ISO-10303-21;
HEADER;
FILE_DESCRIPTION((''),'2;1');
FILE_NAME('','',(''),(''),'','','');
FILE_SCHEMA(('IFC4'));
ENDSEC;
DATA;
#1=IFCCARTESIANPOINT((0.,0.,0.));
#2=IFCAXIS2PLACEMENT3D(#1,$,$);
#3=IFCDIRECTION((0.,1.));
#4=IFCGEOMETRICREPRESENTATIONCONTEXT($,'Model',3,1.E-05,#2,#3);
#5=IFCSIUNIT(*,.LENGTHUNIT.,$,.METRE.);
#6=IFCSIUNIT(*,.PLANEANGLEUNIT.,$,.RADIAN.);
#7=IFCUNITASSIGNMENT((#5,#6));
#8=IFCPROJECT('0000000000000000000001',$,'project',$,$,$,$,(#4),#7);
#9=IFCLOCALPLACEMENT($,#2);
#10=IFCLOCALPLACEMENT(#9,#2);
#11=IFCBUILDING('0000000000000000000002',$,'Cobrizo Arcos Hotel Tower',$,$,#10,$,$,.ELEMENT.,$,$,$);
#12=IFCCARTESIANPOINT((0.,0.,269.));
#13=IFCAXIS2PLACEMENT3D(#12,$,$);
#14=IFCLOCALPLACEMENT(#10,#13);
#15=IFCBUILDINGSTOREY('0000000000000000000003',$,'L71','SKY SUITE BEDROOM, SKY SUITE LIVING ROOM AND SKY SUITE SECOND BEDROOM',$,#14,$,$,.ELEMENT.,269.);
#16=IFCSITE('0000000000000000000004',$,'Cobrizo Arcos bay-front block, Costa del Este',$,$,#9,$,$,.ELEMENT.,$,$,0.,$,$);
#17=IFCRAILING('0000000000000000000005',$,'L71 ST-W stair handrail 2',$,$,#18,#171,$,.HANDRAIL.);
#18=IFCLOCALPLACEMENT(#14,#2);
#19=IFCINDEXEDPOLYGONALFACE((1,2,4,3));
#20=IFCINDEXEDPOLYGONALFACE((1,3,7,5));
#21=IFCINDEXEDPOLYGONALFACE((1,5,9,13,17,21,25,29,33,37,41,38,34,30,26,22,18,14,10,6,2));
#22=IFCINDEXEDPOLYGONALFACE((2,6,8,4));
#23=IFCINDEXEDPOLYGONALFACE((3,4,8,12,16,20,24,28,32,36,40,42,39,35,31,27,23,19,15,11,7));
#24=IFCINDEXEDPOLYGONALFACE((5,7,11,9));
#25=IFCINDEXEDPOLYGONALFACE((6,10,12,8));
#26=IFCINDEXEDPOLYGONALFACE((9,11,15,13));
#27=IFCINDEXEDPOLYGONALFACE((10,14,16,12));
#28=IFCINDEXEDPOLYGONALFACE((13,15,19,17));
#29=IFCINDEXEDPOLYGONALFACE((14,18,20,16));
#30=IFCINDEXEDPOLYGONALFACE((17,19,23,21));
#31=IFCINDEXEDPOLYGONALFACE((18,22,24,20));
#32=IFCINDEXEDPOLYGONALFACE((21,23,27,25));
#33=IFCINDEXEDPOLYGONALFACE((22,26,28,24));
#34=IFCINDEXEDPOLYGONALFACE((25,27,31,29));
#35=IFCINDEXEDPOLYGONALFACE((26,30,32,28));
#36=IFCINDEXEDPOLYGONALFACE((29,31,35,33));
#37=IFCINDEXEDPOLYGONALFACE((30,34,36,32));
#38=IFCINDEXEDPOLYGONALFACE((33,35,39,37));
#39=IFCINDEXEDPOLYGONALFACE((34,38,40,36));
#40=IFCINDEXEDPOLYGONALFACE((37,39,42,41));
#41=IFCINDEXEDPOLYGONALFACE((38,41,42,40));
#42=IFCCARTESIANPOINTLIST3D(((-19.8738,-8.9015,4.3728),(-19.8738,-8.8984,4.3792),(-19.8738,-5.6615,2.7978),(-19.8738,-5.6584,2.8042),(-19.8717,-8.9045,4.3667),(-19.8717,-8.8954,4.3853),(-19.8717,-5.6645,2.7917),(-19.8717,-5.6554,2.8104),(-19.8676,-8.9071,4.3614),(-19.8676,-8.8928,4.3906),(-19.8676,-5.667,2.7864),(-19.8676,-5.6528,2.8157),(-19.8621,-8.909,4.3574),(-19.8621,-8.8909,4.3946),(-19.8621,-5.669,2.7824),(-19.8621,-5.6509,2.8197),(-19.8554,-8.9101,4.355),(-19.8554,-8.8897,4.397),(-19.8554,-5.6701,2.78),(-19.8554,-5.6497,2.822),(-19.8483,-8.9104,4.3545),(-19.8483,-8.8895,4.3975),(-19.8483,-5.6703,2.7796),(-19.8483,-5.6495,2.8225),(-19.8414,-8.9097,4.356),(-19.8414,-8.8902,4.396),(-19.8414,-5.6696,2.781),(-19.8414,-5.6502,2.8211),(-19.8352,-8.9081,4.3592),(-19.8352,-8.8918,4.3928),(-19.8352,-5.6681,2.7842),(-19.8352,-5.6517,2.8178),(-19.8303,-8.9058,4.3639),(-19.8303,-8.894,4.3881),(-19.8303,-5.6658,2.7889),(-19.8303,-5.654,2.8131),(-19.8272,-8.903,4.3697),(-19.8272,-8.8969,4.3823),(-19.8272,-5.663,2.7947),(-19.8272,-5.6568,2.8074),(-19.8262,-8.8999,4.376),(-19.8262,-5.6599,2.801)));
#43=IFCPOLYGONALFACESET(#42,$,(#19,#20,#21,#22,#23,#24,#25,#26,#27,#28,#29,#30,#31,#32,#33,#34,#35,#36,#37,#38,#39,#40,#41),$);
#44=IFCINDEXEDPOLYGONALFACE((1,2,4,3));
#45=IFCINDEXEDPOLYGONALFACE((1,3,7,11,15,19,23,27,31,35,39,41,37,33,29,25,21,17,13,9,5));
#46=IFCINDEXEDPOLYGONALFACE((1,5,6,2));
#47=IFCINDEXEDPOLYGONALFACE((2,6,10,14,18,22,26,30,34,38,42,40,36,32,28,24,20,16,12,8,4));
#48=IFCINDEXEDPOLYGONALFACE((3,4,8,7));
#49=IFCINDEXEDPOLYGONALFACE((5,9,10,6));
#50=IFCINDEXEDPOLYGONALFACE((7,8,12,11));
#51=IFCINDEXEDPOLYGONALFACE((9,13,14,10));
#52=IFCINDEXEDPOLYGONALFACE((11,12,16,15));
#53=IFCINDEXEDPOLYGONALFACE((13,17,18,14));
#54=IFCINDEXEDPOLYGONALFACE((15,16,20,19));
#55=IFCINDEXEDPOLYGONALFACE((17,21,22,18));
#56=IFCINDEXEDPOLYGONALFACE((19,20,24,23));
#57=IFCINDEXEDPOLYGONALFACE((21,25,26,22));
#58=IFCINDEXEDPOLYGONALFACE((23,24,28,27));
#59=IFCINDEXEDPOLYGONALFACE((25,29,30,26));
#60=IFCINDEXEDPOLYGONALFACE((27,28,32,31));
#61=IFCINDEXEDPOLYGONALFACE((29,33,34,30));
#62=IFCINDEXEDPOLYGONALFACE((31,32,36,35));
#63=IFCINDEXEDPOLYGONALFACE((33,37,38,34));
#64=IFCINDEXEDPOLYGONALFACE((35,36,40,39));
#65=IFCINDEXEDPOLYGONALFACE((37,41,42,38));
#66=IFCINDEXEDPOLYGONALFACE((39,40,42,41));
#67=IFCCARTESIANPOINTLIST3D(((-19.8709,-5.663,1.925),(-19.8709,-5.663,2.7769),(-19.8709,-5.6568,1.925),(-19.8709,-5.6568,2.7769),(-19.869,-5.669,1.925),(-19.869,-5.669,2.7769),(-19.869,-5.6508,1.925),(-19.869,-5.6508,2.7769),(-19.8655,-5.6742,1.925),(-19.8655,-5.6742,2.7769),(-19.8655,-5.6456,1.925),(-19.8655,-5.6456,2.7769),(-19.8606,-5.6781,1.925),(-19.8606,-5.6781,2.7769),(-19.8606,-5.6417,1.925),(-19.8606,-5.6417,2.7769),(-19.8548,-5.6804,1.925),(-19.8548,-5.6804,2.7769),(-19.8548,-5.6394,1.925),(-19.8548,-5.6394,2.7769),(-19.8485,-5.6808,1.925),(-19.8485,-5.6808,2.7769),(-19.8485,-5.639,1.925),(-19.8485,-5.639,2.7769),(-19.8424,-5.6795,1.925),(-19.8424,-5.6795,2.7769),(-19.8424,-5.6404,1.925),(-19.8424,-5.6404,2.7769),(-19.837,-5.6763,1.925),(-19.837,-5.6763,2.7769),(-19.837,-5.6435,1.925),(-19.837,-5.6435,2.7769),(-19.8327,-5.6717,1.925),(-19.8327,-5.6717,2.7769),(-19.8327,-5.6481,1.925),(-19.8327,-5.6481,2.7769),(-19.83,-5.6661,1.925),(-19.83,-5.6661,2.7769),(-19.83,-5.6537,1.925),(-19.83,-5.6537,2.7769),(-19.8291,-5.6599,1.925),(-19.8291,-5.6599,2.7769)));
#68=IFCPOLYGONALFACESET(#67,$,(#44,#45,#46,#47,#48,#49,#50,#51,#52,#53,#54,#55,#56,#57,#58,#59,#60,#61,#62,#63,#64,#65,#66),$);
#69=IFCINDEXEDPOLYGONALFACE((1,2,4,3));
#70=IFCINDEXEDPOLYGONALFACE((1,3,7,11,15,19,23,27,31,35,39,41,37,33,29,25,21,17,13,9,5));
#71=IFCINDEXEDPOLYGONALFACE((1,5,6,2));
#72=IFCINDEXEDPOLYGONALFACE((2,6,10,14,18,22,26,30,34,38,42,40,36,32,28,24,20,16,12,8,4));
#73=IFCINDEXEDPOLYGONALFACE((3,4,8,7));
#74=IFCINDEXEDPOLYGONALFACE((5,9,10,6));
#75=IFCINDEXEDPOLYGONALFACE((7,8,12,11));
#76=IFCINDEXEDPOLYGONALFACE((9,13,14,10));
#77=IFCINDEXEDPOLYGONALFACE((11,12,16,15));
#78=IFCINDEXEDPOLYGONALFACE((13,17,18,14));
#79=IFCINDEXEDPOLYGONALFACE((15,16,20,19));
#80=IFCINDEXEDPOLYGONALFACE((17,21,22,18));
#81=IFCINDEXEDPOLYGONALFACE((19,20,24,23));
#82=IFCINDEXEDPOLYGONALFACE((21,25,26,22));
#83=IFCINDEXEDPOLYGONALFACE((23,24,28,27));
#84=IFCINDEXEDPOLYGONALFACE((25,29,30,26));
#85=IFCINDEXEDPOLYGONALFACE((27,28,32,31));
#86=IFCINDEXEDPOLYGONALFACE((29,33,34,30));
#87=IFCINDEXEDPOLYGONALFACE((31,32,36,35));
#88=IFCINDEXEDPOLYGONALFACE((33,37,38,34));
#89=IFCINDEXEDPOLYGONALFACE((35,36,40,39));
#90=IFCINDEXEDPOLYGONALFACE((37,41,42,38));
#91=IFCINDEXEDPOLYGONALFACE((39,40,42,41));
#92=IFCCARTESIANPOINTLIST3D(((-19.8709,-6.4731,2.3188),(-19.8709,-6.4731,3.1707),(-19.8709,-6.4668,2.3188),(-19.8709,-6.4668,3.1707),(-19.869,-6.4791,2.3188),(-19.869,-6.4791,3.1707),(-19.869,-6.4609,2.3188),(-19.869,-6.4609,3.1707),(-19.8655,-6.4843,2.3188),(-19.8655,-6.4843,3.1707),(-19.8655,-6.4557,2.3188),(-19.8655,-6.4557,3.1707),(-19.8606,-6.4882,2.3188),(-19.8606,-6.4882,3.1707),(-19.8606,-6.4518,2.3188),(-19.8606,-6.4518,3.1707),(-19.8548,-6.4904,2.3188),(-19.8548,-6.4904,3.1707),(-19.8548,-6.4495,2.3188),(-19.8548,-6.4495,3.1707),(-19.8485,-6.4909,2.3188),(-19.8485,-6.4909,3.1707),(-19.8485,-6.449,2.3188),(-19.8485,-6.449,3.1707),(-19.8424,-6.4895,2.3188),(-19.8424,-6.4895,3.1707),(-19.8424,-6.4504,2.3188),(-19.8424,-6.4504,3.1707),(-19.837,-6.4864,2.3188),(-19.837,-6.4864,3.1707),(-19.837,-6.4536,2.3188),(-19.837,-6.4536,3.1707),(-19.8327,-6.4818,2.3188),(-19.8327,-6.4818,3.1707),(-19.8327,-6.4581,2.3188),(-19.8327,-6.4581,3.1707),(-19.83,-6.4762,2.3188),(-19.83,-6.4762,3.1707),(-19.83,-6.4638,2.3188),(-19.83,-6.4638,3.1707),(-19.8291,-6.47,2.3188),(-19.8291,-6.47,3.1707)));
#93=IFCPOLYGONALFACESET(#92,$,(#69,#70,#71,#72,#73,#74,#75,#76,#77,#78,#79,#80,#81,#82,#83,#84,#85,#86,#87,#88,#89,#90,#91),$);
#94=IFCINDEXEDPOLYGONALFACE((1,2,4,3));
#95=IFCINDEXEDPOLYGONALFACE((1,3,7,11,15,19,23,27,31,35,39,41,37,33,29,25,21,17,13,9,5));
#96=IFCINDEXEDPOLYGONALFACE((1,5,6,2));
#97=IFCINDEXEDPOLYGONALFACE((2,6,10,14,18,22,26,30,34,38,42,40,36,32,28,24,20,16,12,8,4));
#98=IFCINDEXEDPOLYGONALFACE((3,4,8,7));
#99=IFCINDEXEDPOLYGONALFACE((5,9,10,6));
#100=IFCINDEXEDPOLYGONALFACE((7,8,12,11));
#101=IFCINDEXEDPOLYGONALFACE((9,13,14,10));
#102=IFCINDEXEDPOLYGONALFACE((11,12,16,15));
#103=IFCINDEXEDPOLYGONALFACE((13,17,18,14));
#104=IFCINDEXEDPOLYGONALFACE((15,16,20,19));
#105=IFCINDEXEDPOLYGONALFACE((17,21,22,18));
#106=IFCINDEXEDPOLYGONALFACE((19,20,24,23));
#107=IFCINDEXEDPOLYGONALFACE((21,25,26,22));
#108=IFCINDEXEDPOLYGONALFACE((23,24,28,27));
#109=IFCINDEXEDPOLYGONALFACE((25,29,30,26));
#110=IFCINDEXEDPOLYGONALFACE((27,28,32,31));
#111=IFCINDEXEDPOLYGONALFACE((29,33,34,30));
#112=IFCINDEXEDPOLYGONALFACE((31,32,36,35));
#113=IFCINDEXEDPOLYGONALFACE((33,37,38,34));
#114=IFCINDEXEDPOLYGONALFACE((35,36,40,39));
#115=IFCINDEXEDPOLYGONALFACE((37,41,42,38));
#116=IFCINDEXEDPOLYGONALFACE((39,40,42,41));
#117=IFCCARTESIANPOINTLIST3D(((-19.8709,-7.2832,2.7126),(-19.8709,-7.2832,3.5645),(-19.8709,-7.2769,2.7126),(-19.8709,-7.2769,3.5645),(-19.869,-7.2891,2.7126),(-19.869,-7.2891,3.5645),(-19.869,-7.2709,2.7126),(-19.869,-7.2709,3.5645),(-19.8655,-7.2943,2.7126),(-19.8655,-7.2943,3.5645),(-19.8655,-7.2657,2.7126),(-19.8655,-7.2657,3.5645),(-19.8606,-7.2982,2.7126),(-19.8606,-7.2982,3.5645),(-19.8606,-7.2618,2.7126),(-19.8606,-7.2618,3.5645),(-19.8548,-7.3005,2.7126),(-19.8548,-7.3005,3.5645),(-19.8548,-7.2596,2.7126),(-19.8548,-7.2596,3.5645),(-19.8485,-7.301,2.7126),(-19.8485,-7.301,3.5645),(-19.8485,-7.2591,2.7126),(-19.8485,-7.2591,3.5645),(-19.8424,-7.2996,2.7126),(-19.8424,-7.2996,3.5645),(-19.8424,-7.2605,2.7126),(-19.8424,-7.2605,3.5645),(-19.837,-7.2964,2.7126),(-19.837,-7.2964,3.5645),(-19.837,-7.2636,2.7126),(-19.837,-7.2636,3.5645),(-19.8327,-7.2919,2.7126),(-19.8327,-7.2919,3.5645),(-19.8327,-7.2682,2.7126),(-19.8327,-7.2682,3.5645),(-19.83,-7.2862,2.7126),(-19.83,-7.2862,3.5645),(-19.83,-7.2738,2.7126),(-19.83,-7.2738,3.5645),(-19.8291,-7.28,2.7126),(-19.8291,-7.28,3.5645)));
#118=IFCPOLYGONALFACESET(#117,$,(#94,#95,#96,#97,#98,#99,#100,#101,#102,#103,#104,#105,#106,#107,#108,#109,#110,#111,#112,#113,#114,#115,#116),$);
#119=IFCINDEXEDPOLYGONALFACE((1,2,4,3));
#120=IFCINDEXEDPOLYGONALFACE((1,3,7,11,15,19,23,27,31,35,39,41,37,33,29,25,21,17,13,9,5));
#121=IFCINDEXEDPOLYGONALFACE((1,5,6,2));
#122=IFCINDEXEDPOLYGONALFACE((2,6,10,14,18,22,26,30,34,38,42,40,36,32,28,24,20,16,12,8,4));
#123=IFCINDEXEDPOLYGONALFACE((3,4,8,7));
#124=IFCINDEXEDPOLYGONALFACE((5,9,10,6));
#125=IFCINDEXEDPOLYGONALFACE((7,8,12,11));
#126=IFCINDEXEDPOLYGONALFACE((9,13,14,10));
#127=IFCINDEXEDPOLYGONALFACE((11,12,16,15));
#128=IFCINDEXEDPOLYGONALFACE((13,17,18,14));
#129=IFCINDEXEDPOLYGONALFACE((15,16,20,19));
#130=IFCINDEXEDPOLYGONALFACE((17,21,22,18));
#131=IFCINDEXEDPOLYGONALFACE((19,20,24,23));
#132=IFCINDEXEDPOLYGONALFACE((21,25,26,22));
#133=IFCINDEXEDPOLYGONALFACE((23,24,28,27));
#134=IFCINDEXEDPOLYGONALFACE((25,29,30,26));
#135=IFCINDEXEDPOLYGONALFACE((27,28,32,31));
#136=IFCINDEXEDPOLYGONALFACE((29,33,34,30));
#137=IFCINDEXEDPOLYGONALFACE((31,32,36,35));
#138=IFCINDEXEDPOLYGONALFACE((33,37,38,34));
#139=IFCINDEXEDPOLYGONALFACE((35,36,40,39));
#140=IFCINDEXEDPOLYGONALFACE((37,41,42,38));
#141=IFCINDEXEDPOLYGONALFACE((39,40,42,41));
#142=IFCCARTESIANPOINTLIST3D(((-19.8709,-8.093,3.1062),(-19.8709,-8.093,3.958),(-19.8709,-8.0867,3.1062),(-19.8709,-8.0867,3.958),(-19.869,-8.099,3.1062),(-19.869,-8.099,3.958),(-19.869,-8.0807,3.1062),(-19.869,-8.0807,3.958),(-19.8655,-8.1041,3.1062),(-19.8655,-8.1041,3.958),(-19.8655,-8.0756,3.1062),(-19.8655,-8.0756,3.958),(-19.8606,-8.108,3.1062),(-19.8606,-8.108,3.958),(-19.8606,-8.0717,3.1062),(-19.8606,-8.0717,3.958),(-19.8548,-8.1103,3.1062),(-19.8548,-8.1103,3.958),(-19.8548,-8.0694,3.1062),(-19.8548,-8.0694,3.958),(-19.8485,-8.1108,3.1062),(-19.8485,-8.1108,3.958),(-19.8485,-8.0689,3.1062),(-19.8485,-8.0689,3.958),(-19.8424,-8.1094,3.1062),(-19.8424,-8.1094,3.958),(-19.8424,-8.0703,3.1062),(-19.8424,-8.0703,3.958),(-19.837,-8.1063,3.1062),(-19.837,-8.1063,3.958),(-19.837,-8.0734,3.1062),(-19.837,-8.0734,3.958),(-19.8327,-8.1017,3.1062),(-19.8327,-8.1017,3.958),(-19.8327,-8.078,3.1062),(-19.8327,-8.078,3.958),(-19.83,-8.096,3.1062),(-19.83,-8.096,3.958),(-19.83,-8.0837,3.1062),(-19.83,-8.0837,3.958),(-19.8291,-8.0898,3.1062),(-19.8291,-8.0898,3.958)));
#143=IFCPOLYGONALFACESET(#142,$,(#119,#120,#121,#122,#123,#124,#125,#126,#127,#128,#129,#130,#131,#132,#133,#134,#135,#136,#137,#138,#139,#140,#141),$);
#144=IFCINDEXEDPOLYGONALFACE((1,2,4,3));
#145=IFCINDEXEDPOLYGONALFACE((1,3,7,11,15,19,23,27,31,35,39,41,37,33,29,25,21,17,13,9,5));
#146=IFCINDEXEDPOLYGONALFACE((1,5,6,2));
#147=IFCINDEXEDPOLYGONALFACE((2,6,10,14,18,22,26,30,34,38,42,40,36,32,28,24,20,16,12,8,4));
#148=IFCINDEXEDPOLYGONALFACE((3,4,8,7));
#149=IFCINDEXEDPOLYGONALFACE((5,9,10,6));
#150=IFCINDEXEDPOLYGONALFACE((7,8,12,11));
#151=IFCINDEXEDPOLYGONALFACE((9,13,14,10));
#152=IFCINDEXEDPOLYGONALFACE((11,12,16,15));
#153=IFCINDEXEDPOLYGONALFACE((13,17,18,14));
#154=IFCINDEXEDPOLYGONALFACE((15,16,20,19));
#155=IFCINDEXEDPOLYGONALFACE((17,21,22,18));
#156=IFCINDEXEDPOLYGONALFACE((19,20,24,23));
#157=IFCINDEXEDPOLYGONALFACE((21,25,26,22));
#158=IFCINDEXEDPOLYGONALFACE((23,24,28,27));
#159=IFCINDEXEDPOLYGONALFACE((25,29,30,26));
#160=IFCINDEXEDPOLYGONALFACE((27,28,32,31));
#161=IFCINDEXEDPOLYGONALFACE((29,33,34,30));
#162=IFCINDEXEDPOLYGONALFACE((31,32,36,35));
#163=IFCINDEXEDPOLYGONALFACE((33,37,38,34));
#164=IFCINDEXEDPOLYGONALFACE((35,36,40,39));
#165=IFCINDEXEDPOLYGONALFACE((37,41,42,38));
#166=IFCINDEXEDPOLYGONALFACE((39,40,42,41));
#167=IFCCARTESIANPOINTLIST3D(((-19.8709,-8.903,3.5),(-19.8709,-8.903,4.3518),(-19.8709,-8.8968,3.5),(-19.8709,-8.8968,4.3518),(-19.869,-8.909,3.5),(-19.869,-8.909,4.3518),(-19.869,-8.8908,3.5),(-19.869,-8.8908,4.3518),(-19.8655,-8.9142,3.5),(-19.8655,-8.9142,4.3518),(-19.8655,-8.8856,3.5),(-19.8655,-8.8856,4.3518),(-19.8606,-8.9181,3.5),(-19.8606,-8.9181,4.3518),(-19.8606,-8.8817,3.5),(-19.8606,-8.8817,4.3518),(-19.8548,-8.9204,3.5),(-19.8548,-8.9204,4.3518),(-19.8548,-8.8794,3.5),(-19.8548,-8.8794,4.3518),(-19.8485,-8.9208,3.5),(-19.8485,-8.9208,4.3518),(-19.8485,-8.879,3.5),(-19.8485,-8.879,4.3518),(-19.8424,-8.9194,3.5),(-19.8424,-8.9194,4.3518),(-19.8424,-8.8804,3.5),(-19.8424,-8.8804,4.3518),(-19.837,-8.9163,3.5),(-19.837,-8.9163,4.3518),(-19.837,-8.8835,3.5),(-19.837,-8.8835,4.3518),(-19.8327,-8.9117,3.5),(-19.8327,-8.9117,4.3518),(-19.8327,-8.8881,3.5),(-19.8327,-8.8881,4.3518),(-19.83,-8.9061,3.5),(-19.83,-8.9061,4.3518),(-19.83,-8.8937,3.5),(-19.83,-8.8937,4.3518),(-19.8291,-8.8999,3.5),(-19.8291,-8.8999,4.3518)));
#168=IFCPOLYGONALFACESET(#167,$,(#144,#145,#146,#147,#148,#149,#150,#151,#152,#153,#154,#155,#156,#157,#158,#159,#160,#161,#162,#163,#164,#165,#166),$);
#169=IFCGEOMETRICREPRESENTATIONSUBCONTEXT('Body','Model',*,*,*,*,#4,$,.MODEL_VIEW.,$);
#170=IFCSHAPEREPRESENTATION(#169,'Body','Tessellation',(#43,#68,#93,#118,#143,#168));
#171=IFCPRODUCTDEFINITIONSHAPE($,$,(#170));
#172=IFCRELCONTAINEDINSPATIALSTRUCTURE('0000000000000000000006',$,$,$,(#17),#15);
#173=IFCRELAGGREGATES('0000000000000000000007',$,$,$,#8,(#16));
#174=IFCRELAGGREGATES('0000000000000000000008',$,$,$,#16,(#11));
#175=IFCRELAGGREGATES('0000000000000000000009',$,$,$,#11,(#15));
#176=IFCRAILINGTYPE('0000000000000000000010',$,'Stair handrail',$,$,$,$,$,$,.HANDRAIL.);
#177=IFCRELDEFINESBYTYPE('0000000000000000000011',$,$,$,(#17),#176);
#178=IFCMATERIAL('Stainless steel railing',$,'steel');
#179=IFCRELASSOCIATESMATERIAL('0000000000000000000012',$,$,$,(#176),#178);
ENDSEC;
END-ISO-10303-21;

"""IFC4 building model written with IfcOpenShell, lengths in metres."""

from ifc_helpers import new_model, si_unit, direction, frame, origin, origin_2d, place, context, subcontext, project, spatial, circle, extrude, material, type_object, element, save


model = new_model("IFC4")

# Units and contexts
model_context = context("Model", 3, precision=1e-05, world=origin(), true_north=direction((0.0, 1.0)))
body_context = subcontext(model_context, "Body", "Model", "MODEL_VIEW")
ifc_project = project(units=[si_unit("LENGTHUNIT", "METRE"), si_unit("PLANEANGLEUNIT", "RADIAN")], contexts=[model_context])

# Site, building, storey
site_placement = place(None, origin())
site = spatial("IfcSite", under=ifc_project, at=site_placement, Name="Cobrizo Arcos bay-front block, Costa del Este", CompositionType="ELEMENT", RefElevation=0.0)
building_placement = place(site_placement, origin())
building = spatial("IfcBuilding", under=site, at=building_placement, Name="Cobrizo Arcos Hotel Tower", CompositionType="ELEMENT")
storey_placement = place(building_placement, frame((0.0, 0.0, 269.0)))
storey = spatial("IfcBuildingStorey", under=building, at=storey_placement, Name="L71", Description="SKY SUITE BEDROOM, SKY SUITE LIVING ROOM AND SKY SUITE SECOND BEDROOM", CompositionType="ELEMENT", Elevation=269.0)

# Railing
ifc_material_1 = material(Name="Stainless steel railing", Category="steel")
railing_type_1 = type_object("IfcRailingType", Name="Stair handrail", PredefinedType="HANDRAIL", material=ifc_material_1)
railing_1_placement = place(storey_placement, frame((-19.8501, -5.6599, 1.925)))
element("IfcRailing", 1, at=railing_1_placement, inside=storey, type_object=railing_type_1, Name="L71 ST-W stair handrail 2", PredefinedType="HANDRAIL", context=body_context, shape_type="SweptSolid", body=[
    extrude(circle(Radius=0.0239, at=origin_2d()), frame((0.0, 0.0, 0.876), z_axis=(0.0, -0.899373, 0.437183), x_axis=(1.0, 0.0, 0.0)), (0.0, 0.0, 1.0), 3.6025),
    extrude(circle(Radius=0.021, at=origin_2d()), origin(), (0.0, 0.0, 1.0), 0.8518),
    extrude(circle(Radius=0.021, at=origin_2d()), frame((0.0, -0.8101, 0.3938)), (0.0, 0.0, 1.0), 0.8518),
    extrude(circle(Radius=0.021, at=origin_2d()), frame((0.0, -1.6201, 0.7876)), (0.0, 0.0, 1.0), 0.8518),
    extrude(circle(Radius=0.021, at=origin_2d()), frame((0.0, -2.4299, 1.1812)), (0.0, 0.0, 1.0), 0.8518),
    extrude(circle(Radius=0.021, at=origin_2d()), frame((0.0, -3.24, 1.575)), (0.0, 0.0, 1.0), 0.8518),
])

save(model, "model.ifc")
